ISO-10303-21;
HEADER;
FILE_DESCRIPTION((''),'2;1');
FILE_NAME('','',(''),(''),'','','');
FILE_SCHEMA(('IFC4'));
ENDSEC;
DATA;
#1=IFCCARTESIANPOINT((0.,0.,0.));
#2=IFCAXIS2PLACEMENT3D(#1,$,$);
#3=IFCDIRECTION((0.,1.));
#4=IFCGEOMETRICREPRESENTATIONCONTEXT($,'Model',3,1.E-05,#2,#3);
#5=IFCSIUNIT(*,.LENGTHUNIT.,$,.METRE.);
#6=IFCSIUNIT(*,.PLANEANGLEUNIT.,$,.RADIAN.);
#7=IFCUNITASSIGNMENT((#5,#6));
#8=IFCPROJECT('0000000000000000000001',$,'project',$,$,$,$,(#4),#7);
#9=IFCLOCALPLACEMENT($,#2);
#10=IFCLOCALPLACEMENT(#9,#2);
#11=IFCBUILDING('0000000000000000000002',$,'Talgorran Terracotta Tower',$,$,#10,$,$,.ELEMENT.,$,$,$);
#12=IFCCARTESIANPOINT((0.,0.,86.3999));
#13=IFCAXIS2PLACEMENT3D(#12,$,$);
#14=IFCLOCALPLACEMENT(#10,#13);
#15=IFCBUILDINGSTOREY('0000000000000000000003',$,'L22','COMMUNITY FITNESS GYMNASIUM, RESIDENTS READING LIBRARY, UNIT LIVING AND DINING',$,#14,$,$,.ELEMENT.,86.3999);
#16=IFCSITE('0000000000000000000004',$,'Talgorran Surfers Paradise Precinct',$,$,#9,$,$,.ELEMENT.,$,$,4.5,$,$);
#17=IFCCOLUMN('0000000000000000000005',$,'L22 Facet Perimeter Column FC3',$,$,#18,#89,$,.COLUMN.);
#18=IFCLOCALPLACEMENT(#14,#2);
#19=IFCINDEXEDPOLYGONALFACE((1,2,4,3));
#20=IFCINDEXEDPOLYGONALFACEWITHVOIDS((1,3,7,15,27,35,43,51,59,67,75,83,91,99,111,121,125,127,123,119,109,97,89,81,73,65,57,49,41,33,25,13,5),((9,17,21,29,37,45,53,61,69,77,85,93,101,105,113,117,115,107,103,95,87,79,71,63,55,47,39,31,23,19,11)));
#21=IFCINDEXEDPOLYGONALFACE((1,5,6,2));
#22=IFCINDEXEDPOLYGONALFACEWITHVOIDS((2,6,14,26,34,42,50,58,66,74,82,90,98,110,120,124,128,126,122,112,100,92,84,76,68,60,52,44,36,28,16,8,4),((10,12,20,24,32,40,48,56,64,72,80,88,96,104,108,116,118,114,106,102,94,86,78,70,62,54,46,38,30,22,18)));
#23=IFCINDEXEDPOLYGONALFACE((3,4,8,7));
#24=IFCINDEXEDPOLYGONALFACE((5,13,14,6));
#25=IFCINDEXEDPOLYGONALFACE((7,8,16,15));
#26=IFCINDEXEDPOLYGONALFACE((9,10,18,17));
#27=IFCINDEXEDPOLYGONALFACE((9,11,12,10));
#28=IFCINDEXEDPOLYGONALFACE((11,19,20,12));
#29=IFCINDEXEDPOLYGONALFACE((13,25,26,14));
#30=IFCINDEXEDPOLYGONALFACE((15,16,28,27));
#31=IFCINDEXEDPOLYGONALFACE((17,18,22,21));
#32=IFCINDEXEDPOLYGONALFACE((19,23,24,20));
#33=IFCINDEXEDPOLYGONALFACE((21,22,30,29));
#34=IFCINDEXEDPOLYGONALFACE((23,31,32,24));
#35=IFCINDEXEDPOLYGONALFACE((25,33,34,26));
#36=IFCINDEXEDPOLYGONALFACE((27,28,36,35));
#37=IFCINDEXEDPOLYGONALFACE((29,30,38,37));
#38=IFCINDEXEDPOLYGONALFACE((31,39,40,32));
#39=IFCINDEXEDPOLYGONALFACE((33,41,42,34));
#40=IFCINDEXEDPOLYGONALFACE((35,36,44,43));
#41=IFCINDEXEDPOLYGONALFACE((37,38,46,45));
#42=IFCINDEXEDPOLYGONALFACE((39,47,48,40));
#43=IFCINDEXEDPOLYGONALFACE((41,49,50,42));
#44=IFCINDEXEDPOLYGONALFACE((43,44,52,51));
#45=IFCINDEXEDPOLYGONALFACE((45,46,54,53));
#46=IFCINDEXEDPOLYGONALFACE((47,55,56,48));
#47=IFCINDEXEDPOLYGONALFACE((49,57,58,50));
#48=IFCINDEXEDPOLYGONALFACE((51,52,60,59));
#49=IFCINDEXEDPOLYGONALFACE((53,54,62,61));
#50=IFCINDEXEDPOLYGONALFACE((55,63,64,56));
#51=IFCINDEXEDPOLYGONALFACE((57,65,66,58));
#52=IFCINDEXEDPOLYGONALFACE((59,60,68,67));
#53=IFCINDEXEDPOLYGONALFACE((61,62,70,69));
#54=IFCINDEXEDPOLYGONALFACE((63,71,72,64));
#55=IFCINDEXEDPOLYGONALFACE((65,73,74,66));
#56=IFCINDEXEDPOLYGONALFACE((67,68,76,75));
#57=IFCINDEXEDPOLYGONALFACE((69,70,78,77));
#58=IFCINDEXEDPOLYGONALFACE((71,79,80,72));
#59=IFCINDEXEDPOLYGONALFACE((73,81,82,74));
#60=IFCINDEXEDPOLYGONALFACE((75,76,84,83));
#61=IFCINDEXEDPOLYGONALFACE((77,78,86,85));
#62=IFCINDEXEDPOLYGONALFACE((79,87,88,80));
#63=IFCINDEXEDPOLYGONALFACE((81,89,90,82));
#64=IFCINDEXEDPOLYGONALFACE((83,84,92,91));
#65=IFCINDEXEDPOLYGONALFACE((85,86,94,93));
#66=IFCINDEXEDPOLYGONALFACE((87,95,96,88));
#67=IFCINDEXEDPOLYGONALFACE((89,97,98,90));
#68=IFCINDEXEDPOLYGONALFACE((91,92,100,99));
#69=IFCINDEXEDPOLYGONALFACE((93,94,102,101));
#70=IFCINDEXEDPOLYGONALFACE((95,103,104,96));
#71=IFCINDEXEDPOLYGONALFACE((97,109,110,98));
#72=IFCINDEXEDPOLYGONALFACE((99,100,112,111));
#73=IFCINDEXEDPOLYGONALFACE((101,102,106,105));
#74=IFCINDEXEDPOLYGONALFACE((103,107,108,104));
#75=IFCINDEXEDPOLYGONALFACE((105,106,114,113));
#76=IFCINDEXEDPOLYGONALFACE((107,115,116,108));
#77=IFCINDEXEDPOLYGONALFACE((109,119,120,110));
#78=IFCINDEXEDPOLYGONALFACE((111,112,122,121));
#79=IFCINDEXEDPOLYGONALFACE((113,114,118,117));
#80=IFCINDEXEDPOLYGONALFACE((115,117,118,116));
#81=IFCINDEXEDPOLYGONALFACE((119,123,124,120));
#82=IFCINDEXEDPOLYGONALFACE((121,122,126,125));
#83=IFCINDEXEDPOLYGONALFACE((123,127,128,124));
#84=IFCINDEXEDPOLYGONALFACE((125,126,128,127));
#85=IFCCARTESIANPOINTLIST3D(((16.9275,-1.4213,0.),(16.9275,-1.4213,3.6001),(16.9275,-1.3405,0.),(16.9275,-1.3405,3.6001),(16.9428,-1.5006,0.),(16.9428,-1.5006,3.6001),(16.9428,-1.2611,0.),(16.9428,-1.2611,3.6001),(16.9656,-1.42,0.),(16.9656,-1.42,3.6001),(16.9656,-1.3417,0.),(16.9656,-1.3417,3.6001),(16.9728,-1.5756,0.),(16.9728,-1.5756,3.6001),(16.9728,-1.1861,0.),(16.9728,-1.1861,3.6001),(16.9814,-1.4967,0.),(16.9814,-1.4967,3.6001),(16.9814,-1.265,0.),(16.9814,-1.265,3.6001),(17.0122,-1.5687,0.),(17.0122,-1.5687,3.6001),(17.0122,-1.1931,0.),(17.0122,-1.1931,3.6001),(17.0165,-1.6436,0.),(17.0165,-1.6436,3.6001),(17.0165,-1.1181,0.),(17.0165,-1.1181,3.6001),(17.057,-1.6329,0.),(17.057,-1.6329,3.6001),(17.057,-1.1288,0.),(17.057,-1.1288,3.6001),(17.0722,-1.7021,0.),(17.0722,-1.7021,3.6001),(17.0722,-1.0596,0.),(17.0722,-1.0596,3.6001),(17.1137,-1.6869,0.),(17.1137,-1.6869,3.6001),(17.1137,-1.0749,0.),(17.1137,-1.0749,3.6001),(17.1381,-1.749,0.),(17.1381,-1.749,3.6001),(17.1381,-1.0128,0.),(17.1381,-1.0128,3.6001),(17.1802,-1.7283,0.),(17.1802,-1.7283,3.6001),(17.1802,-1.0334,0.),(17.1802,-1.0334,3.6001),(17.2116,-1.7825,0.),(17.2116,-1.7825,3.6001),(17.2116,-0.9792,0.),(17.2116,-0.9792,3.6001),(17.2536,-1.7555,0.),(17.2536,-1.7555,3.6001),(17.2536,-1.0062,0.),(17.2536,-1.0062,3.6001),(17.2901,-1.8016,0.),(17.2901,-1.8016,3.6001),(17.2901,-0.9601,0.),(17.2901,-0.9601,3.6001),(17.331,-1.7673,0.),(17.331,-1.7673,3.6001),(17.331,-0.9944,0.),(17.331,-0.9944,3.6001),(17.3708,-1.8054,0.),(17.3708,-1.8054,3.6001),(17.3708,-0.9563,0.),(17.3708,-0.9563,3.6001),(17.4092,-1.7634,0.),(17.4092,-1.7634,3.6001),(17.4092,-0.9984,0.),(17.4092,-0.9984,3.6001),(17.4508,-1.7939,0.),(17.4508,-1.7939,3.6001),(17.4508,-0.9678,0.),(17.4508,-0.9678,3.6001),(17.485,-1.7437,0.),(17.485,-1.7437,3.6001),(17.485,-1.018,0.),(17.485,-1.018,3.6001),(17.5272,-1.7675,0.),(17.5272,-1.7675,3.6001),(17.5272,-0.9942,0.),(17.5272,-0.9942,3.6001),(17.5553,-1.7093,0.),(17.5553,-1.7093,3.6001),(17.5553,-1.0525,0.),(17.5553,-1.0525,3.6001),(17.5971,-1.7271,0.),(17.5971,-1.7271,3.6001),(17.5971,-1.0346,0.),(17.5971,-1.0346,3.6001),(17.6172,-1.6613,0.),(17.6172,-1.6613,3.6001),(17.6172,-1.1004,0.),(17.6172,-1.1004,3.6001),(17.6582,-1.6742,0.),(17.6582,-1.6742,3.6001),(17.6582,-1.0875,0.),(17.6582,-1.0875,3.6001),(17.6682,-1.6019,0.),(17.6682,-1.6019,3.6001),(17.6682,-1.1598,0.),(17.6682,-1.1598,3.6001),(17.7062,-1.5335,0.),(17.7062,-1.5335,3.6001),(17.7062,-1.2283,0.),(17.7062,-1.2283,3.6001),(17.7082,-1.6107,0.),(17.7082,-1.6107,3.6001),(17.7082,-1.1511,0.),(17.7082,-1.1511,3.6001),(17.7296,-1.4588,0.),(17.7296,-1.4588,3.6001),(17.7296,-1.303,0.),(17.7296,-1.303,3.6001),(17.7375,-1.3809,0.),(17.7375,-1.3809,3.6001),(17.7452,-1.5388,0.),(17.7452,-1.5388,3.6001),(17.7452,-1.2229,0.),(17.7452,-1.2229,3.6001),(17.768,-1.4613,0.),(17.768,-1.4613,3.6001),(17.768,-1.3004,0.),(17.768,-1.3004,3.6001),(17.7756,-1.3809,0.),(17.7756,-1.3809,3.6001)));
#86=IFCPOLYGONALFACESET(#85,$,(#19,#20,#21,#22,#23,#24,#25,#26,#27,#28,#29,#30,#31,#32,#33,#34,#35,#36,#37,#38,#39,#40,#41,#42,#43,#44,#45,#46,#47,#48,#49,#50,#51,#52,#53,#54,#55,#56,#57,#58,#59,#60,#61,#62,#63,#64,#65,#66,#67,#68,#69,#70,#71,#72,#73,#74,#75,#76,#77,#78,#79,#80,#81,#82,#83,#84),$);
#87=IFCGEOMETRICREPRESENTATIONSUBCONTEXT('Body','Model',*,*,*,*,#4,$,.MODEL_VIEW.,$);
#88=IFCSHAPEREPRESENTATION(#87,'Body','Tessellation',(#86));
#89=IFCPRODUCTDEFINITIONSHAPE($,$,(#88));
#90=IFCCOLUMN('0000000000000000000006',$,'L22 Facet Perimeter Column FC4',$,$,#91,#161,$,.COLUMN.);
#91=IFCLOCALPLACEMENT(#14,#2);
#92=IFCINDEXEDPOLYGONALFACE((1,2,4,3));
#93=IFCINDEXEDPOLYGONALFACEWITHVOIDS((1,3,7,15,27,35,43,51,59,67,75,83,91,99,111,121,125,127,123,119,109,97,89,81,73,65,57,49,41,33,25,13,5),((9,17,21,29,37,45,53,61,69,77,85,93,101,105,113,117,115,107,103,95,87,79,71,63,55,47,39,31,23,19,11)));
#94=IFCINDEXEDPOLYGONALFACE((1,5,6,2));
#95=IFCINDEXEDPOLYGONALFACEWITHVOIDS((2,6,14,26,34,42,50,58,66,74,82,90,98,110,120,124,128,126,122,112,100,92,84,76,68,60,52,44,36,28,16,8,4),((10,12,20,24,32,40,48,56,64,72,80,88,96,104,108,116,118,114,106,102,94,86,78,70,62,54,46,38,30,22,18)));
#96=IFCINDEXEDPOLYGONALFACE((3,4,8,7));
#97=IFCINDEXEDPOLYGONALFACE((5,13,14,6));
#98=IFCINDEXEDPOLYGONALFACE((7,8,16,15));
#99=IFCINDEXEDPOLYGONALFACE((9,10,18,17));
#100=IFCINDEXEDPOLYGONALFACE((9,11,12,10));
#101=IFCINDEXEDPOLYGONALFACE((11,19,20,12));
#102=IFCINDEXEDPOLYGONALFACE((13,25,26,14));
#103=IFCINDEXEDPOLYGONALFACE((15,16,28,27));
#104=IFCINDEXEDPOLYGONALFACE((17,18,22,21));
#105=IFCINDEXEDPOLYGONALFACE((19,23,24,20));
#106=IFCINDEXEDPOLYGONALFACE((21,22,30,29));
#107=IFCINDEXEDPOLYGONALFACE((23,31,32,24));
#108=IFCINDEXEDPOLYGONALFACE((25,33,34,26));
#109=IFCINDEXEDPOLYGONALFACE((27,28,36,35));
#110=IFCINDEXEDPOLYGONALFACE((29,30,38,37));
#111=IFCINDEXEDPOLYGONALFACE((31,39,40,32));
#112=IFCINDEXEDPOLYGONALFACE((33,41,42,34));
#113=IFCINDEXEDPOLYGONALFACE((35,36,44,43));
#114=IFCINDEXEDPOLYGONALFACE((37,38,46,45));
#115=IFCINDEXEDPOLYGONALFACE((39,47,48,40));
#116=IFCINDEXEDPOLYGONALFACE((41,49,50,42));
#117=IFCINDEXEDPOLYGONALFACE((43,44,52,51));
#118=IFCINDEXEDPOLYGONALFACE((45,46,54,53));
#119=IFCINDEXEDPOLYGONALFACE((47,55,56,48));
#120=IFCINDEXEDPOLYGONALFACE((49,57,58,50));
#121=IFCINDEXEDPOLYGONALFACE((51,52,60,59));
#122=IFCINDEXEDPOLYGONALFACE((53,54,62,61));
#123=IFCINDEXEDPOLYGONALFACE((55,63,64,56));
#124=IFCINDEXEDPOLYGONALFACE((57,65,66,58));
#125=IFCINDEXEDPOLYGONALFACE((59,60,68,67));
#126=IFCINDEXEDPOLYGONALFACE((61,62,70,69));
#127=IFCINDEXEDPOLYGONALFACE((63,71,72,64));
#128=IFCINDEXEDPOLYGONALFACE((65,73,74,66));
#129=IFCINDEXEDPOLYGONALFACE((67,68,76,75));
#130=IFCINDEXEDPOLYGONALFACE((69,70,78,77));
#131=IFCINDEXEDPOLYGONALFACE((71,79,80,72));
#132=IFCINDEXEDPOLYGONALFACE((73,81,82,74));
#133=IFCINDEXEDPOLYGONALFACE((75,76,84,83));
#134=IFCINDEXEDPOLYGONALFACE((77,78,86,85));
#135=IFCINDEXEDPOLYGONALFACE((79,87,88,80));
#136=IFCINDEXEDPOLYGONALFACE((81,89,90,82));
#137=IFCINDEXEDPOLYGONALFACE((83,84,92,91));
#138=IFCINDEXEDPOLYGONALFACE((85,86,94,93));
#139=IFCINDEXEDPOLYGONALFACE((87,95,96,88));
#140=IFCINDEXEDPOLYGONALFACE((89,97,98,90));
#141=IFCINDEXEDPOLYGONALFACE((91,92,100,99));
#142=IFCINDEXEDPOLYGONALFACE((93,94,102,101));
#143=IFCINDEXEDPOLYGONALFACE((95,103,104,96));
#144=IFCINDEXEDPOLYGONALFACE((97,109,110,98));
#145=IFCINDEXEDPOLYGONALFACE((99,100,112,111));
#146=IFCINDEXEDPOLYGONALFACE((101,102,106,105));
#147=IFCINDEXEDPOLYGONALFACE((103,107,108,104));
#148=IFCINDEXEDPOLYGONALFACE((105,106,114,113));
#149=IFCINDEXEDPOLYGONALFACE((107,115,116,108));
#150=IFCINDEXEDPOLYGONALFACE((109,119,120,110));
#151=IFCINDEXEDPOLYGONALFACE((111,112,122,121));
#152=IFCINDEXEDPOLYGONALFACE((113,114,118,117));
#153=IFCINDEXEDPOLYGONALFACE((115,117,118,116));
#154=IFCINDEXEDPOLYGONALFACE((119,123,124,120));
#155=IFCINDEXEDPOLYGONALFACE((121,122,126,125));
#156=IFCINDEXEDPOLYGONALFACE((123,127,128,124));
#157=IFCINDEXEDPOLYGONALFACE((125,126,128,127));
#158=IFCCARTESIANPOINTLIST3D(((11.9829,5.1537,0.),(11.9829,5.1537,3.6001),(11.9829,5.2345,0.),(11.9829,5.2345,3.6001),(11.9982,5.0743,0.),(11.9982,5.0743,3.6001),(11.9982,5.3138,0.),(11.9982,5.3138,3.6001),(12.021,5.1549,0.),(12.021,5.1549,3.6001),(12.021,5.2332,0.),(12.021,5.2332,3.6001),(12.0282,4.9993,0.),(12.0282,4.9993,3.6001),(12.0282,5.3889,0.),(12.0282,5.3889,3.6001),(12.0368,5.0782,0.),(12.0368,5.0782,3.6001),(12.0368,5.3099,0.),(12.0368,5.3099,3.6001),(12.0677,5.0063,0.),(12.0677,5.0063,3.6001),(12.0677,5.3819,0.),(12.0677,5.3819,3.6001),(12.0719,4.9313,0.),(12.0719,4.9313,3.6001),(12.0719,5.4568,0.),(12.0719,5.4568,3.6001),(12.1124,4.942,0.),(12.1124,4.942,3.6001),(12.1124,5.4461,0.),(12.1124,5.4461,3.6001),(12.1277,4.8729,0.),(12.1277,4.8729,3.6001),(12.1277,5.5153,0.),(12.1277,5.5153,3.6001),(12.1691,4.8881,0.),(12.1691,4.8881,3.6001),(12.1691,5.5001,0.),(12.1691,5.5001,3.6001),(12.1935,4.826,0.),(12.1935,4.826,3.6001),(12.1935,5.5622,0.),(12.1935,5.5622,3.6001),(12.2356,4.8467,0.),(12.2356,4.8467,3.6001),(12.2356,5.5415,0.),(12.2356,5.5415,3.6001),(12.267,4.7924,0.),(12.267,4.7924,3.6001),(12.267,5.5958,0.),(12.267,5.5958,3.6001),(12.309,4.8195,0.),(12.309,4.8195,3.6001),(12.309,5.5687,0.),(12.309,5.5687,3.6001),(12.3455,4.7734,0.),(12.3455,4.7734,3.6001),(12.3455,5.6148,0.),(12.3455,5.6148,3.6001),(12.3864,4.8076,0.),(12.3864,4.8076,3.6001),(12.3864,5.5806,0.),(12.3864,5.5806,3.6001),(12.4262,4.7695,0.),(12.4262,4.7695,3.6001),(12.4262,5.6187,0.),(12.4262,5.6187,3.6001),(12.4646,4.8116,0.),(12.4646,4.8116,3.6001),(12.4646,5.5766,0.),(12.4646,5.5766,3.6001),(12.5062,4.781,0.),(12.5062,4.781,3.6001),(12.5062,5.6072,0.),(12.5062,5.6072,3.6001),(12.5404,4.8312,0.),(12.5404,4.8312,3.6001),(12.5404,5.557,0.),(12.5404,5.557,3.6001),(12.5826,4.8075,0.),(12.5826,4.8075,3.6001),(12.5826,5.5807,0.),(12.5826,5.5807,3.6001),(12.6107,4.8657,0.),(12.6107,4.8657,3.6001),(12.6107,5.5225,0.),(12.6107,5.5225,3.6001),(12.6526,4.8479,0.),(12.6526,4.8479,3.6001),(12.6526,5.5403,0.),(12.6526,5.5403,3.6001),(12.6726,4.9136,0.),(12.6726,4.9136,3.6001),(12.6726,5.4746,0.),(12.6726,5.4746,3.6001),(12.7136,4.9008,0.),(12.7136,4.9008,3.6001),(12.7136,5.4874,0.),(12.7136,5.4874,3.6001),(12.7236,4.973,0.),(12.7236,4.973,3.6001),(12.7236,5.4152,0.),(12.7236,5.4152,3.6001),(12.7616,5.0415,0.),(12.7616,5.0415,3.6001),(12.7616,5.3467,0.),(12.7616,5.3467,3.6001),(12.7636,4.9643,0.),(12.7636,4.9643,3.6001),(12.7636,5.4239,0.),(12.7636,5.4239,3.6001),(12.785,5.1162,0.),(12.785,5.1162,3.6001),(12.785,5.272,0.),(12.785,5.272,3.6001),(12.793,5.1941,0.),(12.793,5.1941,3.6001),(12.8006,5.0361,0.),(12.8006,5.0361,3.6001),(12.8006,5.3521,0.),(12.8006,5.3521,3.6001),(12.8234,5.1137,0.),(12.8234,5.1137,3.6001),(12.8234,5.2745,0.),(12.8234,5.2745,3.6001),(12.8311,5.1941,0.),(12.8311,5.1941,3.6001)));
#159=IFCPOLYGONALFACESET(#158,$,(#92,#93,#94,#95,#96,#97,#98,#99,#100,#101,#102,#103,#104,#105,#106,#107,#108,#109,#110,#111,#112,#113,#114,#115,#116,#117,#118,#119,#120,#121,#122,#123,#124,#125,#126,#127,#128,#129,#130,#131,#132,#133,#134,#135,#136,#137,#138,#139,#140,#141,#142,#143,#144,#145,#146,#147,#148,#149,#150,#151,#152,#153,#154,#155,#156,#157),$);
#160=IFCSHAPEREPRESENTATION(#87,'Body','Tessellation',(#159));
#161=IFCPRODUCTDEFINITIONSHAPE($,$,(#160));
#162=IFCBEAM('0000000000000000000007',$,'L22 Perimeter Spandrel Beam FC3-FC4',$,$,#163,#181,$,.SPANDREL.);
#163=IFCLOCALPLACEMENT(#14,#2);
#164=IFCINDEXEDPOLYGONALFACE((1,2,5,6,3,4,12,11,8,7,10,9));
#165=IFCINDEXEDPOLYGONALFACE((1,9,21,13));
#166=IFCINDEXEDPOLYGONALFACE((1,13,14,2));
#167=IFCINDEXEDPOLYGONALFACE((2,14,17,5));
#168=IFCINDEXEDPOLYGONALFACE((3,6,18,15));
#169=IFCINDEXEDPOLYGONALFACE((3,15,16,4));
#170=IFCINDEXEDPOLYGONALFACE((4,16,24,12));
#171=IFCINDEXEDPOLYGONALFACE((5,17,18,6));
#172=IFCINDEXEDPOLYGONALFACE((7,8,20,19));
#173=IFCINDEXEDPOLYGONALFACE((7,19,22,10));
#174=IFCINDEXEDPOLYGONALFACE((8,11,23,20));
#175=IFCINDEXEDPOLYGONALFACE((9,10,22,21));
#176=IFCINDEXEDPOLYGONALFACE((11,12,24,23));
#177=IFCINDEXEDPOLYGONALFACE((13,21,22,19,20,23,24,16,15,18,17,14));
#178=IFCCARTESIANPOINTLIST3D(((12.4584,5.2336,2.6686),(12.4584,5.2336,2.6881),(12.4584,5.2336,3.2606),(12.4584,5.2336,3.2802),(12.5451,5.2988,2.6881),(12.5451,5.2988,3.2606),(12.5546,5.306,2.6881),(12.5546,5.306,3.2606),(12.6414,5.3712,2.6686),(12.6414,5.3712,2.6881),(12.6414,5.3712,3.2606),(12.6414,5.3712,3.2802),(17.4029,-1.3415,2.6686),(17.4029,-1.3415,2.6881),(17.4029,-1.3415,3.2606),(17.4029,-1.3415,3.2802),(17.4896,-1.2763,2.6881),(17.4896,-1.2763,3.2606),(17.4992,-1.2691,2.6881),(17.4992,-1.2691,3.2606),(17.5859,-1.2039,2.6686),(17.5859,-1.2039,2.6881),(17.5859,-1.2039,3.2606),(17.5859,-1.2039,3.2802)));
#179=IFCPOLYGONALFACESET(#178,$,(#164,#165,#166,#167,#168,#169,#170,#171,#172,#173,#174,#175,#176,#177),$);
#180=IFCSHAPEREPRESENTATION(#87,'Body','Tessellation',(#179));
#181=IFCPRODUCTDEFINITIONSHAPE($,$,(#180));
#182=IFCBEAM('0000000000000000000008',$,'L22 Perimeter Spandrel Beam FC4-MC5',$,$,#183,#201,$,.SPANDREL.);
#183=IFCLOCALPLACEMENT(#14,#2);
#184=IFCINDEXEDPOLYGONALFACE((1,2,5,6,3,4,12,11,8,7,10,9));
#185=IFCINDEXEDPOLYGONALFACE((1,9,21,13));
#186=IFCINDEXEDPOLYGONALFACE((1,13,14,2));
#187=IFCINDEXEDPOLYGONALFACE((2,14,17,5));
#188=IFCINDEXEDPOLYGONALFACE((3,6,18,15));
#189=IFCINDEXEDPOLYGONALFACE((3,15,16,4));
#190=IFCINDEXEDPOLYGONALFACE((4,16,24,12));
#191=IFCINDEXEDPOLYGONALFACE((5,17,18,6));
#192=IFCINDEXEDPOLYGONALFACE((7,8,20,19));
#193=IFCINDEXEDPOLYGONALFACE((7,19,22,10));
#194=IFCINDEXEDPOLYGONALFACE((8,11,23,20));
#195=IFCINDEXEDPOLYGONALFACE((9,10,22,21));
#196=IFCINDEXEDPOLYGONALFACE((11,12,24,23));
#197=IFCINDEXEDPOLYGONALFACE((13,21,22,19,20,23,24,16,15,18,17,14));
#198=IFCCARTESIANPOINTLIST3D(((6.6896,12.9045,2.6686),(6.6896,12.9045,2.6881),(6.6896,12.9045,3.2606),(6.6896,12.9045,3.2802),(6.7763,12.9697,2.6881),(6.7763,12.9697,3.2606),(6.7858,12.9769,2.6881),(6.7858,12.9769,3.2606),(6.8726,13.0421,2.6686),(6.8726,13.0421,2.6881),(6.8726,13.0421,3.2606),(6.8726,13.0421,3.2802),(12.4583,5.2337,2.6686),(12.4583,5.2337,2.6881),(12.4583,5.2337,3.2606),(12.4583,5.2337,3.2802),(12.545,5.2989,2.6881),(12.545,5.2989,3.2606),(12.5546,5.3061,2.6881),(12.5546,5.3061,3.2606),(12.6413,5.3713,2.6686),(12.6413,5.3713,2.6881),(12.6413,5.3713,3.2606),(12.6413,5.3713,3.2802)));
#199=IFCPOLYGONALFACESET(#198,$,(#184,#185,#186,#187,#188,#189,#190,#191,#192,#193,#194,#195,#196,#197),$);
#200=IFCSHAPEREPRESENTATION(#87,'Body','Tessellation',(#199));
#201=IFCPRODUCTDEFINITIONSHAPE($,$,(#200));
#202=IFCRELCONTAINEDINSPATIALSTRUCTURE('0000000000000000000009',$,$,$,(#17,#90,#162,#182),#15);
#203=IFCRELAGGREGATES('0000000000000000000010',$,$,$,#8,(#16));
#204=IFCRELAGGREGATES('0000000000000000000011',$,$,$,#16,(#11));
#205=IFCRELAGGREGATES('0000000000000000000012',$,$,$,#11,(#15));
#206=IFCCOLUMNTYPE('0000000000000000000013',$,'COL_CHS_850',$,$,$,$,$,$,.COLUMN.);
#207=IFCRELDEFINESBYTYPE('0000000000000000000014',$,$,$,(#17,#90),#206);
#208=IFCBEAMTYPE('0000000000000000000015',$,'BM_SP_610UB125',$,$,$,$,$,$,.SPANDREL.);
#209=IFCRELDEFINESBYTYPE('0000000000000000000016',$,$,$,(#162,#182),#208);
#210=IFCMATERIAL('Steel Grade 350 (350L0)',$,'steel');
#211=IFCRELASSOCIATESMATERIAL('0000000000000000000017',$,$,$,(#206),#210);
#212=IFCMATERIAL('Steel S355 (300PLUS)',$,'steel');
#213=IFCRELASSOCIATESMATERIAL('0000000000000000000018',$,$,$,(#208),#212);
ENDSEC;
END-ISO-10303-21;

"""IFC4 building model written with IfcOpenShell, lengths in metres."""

from ifc_helpers import new_model, si_unit, direction, frame, origin, origin_2d, place, context, subcontext, project, spatial, hollow_circle, i_section, extrude, material, material_profile, profile_set, type_object, element, save


model = new_model("IFC4")

# Units and contexts
model_context = context("Model", 3, precision=1e-05, world=origin(), true_north=direction((0.0, 1.0)))
body_context = subcontext(model_context, "Body", "Model", "MODEL_VIEW")
ifc_project = project(units=[si_unit("LENGTHUNIT", "METRE"), si_unit("PLANEANGLEUNIT", "RADIAN")], contexts=[model_context])

# Site, building, storey
site_placement = place(None, origin())
site = spatial("IfcSite", under=ifc_project, at=site_placement, Name="Talgorran Surfers Paradise Precinct", CompositionType="ELEMENT", RefElevation=4.5)
building_placement = place(site_placement, origin())
building = spatial("IfcBuilding", under=site, at=building_placement, Name="Talgorran Terracotta Tower", CompositionType="ELEMENT")
storey_placement = place(building_placement, frame((0.0, 0.0, 86.3999)))
storey = spatial("IfcBuildingStorey", under=building, at=storey_placement, Name="L22", Description="COMMUNITY FITNESS GYMNASIUM, RESIDENTS READING LIBRARY, UNIT LIVING AND DINING", CompositionType="ELEMENT", Elevation=86.3999)

# Columns
ifc_material_1 = material(Name="Steel Grade 350 (350L0)", Category="steel")
ifc_material_profile_1 = material_profile(ifc_material_1, hollow_circle(Radius=0.425, WallThickness=0.0381, at=origin_2d()), Name="CHS850X38")
ifc_profile_set_1 = profile_set([ifc_material_profile_1], Name="Steel Grade 350 (350L0)")
column_type = type_object("IfcColumnType", Name="COL_CHS_850", PredefinedType="COLUMN", material=ifc_profile_set_1)
for number, where, z_axis, x_axis, name in (
    (1, (17.3506, -1.3809, 0.0), (0.0, 0.0, 1.0), (1.0, 0.0, 0.0), "L22 Facet Perimeter Column FC3"),
    (2, (12.406, 5.1941, 0.0), (0.0, 0.0, 1.0), (1.0, 0.0, 0.0), "L22 Facet Perimeter Column FC4"),
):
    element("IfcColumn", number, at=place(storey_placement, frame(where, z_axis=z_axis, x_axis=x_axis)), inside=storey, type_object=column_type, Name=name, PredefinedType="COLUMN", context=body_context, shape_type="SweptSolid", body=[
        extrude(hollow_circle(Radius=0.425, WallThickness=0.0381, at=origin_2d()), origin(), (0.0, 0.0, 1.0), 3.6001),
    ])

# Beams
ifc_material_2 = material(Name="Steel S355 (300PLUS)", Category="steel")
ifc_material_profile_2 = material_profile(ifc_material_2, i_section(OverallWidth=0.229, OverallDepth=0.6116, WebThickness=0.012, FlangeThickness=0.0195, at=origin_2d()), Name="610UB125")
ifc_profile_set_2 = profile_set([ifc_material_profile_2], Name="Steel S355 (300PLUS)")
beam_type = type_object("IfcBeamType", Name="BM_SP_610UB125", PredefinedType="SPANDREL", material=ifc_profile_set_2)
beam_1_placement = place(storey_placement, frame((17.4944, -1.2727, 2.9744), z_axis=(-0.601025, 0.79923, 0.0), x_axis=(-0.79923, -0.601025, 0.0)))
element("IfcBeam", 3, at=beam_1_placement, inside=storey, type_object=beam_type, Name="L22 Perimeter Spandrel Beam FC3-FC4", PredefinedType="SPANDREL", context=body_context, shape_type="SweptSolid", body=[
    extrude(i_section(OverallWidth=0.229, OverallDepth=0.6116, WebThickness=0.012, FlangeThickness=0.0195, at=origin_2d()), origin(), (0.0, 0.0, 1.0), 8.2268),
])
beam_2_placement = place(storey_placement, frame((12.5498, 5.3025, 2.9744), z_axis=(-0.601041, 0.799218, 0.0), x_axis=(-0.799218, -0.601041, 0.0)))
element("IfcBeam", 4, at=beam_2_placement, inside=storey, type_object=beam_type, Name="L22 Perimeter Spandrel Beam FC4-MC5", PredefinedType="SPANDREL", context=body_context, shape_type="SweptSolid", body=[
    extrude(i_section(OverallWidth=0.229, OverallDepth=0.6116, WebThickness=0.012, FlangeThickness=0.0195, at=origin_2d()), origin(), (0.0, 0.0, 1.0), 9.5979),
])

save(model, "model.ifc")
